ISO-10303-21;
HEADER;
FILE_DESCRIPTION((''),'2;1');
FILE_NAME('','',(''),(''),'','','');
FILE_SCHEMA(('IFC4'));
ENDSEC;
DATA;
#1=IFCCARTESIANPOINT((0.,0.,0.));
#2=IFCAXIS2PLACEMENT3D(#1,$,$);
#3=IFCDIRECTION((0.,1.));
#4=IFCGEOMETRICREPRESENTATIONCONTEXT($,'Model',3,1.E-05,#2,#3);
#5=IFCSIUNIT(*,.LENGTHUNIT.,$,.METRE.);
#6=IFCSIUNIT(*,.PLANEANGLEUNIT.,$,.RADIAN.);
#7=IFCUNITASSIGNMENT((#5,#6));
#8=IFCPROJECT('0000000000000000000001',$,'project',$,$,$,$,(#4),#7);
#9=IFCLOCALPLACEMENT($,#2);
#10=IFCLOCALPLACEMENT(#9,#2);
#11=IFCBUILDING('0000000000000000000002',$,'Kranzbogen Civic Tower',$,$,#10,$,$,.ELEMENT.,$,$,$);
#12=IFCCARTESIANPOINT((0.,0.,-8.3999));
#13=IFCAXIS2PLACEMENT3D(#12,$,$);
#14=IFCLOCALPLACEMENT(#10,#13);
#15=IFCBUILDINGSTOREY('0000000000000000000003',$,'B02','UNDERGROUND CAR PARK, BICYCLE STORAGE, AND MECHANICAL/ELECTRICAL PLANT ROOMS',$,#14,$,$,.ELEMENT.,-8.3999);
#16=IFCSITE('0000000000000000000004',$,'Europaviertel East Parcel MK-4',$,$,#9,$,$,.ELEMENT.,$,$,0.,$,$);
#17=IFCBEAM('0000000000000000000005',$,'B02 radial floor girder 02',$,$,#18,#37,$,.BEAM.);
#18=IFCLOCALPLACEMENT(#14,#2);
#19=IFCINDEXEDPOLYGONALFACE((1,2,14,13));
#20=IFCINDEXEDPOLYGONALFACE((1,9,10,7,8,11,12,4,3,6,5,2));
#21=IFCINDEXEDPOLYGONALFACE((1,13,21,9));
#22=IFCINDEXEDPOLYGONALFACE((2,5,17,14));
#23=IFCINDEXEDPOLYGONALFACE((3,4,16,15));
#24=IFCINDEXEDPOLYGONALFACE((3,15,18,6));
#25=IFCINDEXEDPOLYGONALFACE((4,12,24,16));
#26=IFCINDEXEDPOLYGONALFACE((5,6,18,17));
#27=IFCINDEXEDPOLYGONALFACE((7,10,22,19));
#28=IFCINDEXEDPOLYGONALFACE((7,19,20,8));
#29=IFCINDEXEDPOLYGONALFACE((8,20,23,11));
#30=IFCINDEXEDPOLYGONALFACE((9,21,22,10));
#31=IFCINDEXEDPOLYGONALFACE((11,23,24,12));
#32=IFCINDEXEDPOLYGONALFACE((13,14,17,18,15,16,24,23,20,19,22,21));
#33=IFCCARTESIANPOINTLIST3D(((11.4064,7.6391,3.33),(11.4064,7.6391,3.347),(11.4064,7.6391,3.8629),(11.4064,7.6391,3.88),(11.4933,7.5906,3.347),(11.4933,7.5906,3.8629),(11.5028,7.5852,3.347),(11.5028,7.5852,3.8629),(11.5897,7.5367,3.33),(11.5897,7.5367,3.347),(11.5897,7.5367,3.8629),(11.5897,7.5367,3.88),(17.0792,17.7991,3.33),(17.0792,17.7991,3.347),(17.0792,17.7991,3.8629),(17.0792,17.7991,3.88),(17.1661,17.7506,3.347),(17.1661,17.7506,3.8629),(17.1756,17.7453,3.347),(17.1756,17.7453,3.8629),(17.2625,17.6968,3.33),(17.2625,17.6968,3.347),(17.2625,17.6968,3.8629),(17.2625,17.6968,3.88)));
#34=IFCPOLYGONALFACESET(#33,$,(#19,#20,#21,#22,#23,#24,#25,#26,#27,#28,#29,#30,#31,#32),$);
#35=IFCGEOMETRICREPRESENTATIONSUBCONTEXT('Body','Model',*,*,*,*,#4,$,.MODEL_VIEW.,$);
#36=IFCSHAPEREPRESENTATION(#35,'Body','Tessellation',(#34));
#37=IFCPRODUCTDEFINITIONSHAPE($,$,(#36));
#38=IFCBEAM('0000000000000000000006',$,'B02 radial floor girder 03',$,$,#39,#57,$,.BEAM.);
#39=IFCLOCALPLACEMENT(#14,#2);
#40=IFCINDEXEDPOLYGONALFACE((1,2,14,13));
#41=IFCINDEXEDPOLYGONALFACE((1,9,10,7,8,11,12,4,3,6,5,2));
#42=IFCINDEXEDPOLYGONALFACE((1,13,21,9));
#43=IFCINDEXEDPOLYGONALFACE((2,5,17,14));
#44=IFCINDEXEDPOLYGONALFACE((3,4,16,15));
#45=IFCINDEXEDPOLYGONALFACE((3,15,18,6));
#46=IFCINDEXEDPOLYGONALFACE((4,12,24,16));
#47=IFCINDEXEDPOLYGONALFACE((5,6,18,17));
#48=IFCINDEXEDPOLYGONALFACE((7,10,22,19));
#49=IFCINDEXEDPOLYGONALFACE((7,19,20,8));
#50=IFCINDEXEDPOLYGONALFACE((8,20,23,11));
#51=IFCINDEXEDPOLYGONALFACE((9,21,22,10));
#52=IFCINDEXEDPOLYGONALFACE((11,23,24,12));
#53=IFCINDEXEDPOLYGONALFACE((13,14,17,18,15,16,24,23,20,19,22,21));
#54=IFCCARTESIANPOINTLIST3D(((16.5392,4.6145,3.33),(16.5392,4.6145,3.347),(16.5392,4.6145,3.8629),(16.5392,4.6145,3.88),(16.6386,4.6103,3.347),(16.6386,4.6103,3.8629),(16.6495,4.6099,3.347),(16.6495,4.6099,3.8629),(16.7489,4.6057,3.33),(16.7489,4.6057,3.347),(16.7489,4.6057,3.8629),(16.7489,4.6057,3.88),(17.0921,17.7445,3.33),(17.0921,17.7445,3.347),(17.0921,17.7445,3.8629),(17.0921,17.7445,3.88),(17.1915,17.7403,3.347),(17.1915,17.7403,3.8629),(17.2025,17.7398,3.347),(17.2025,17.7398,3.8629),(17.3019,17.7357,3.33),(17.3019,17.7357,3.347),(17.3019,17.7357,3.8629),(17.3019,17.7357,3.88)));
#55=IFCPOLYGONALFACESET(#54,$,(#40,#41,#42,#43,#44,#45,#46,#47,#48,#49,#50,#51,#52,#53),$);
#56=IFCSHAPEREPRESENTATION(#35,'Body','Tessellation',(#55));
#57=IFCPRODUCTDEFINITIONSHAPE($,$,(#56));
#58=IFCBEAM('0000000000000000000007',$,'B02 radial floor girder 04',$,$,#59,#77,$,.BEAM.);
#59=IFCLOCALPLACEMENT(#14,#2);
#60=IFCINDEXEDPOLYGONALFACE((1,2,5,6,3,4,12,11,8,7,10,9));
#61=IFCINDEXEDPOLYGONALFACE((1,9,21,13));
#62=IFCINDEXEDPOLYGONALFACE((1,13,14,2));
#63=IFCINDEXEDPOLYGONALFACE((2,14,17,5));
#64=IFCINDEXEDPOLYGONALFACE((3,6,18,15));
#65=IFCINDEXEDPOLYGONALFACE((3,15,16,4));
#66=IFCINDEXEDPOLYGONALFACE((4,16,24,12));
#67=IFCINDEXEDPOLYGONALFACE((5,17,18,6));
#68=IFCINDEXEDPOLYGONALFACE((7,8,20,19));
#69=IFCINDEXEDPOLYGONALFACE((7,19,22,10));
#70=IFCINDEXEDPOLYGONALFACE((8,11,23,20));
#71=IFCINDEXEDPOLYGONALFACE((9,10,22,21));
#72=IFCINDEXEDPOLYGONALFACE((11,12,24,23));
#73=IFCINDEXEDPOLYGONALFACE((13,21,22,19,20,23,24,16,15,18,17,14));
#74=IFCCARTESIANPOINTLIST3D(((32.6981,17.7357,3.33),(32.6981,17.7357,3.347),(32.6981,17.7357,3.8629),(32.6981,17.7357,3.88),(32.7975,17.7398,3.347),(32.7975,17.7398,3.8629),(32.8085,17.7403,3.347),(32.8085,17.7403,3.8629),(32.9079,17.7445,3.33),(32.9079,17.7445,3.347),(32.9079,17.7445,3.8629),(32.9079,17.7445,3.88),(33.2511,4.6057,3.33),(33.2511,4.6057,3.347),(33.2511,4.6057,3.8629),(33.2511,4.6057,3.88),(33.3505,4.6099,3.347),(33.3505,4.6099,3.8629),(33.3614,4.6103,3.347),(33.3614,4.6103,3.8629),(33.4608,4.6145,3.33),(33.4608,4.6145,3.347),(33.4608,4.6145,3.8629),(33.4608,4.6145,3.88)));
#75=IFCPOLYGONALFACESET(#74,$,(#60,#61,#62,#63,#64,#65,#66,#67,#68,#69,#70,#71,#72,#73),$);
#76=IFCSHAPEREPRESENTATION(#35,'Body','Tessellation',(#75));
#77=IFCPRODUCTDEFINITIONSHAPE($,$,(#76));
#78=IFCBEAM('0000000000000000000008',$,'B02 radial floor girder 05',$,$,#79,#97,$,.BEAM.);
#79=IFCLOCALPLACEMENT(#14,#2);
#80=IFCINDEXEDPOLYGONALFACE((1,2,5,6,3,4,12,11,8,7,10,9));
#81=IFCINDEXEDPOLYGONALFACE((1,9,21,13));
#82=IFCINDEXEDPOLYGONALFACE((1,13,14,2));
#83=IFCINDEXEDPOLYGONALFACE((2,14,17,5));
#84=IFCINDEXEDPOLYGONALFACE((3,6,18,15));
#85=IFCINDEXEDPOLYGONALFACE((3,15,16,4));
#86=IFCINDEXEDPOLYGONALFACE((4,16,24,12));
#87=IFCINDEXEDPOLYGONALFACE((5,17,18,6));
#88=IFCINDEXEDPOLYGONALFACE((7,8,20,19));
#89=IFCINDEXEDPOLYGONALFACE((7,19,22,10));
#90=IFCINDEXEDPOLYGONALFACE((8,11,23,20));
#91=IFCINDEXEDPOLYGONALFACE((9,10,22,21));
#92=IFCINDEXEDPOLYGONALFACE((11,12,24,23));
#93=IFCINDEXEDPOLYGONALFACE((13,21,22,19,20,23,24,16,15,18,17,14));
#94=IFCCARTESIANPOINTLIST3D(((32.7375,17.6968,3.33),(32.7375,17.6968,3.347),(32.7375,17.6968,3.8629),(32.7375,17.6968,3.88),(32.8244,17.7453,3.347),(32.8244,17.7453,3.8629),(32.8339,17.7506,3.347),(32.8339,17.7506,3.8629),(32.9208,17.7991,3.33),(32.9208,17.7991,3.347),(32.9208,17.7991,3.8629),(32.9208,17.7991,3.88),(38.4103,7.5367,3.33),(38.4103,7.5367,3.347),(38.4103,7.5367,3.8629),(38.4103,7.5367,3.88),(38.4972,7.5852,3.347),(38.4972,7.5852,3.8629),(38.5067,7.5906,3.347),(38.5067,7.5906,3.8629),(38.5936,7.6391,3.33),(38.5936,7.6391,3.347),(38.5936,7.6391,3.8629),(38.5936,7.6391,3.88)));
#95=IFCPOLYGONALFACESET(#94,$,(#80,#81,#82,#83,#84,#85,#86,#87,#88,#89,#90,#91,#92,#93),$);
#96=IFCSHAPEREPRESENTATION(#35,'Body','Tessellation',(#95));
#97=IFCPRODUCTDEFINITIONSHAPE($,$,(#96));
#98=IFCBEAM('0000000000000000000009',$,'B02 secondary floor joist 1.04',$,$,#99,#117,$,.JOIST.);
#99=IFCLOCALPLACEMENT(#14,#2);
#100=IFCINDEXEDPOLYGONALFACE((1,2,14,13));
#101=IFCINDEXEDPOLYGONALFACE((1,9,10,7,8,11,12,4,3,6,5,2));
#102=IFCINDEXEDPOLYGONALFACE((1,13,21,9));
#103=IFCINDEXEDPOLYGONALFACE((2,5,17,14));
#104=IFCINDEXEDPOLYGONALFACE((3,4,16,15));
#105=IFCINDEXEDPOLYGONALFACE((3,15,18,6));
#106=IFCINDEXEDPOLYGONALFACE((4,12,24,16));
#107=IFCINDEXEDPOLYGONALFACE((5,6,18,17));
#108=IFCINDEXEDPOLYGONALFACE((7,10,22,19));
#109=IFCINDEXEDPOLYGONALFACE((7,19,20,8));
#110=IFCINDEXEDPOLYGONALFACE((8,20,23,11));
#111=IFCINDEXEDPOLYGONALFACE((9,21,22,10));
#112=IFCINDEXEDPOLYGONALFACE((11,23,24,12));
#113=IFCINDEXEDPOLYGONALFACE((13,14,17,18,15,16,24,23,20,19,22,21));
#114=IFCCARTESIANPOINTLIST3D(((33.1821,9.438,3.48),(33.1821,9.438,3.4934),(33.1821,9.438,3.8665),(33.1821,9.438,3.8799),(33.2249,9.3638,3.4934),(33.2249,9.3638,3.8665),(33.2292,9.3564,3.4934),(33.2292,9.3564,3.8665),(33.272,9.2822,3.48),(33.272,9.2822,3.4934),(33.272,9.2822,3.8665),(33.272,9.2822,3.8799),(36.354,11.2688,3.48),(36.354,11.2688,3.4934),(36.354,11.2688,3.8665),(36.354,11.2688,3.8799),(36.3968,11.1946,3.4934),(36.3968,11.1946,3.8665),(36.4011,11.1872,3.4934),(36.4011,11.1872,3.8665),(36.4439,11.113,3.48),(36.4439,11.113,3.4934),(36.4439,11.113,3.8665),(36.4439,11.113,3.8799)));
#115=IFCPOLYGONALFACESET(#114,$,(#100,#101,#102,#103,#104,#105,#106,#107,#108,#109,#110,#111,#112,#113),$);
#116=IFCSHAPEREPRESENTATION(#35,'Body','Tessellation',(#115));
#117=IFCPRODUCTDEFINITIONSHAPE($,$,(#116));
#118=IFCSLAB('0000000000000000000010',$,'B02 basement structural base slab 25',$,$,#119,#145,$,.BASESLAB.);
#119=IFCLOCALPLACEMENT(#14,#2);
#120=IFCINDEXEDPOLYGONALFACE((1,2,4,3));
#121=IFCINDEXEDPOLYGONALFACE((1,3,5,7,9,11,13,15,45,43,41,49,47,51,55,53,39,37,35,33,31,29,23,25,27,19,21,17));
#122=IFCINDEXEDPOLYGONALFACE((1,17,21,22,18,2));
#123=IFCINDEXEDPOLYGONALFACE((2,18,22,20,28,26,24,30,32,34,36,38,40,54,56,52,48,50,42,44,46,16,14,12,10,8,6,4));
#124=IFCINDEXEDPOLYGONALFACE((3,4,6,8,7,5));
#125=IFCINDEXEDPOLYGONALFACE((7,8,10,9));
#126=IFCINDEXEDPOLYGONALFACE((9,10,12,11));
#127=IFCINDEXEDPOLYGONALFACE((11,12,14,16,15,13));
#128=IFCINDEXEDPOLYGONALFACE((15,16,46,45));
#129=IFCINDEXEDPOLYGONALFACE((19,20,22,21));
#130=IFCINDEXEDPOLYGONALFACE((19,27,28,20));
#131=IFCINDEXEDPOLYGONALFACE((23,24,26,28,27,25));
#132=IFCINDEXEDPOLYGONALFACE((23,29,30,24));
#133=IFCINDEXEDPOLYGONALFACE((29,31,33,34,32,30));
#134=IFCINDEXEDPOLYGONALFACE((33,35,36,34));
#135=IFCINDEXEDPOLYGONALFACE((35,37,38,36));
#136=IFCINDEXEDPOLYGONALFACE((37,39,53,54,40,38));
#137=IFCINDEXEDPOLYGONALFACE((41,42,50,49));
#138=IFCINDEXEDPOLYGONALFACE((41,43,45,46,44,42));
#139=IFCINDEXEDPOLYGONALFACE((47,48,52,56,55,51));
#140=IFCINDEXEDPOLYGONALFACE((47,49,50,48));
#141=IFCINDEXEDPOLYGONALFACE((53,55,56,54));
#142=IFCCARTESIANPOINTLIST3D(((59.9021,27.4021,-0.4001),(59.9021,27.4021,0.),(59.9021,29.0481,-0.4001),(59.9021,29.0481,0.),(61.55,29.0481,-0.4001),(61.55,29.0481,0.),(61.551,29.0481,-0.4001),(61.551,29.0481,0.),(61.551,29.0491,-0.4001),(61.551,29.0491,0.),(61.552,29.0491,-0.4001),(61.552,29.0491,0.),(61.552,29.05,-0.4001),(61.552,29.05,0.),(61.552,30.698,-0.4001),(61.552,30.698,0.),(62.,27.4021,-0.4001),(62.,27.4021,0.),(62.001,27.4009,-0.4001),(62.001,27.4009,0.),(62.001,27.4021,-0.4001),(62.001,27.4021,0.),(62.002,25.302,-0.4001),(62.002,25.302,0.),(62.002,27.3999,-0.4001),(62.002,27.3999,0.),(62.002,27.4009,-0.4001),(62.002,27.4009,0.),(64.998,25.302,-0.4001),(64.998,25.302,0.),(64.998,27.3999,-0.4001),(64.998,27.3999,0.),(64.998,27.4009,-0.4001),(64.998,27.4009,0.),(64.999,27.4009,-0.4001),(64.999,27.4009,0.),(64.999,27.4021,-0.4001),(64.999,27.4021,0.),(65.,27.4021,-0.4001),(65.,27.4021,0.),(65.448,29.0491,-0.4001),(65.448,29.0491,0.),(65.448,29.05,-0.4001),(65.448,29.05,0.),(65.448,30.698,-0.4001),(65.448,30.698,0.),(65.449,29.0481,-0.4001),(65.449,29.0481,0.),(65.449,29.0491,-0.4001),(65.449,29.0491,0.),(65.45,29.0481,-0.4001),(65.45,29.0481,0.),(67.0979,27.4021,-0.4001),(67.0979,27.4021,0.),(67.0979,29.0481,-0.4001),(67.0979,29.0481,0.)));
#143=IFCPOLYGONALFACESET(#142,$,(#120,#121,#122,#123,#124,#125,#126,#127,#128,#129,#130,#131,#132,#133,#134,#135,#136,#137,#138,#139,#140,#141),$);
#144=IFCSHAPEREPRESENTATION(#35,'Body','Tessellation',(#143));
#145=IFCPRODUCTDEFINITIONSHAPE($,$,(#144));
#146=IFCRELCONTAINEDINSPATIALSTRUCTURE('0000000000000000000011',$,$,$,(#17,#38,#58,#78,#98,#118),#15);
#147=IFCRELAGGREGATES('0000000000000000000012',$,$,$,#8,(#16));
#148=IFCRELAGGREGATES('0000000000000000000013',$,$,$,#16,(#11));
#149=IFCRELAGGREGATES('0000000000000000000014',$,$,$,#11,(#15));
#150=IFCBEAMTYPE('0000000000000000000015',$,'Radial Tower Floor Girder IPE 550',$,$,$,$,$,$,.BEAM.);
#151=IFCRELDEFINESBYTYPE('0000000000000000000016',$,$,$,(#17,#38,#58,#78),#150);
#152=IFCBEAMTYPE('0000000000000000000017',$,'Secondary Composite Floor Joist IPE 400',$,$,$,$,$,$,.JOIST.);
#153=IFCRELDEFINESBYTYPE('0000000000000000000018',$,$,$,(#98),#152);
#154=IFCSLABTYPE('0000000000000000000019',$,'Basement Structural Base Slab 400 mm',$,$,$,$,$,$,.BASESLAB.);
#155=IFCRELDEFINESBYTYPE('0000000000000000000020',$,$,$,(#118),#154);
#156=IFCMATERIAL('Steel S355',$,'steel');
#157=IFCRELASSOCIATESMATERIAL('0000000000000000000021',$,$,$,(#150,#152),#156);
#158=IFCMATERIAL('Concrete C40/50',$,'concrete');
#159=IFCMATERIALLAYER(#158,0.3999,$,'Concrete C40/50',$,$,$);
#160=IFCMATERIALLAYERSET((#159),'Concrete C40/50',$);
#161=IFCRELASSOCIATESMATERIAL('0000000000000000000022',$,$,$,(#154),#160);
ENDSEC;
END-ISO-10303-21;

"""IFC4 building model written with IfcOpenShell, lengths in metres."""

from ifc_helpers import new_model, si_unit, direction, frame, origin, origin_2d, place, context, subcontext, project, spatial, polyline, i_section, outline, extrude, material, layer, layer_set, material_profile, profile_set, type_object, element, save


model = new_model("IFC4")

# Units and contexts
model_context = context("Model", 3, precision=1e-05, world=origin(), true_north=direction((0.0, 1.0)))
body_context = subcontext(model_context, "Body", "Model", "MODEL_VIEW")
ifc_project = project(units=[si_unit("LENGTHUNIT", "METRE"), si_unit("PLANEANGLEUNIT", "RADIAN")], contexts=[model_context])

# Site, building, storey
site_placement = place(None, origin())
site = spatial("IfcSite", under=ifc_project, at=site_placement, Name="Europaviertel East Parcel MK-4", CompositionType="ELEMENT", RefElevation=0.0)
building_placement = place(site_placement, origin())
building = spatial("IfcBuilding", under=site, at=building_placement, Name="Kranzbogen Civic Tower", CompositionType="ELEMENT")
storey_placement = place(building_placement, frame((0.0, 0.0, -8.3999)))
storey = spatial("IfcBuildingStorey", under=building, at=storey_placement, Name="B02", Description="UNDERGROUND CAR PARK, BICYCLE STORAGE, AND MECHANICAL/ELECTRICAL PLANT ROOMS", CompositionType="ELEMENT", Elevation=-8.3999)

# Beams
ifc_material_1 = material(Name="Steel S355", Category="steel")
ifc_material_profile_1 = material_profile(ifc_material_1, i_section(OverallWidth=0.21, OverallDepth=0.55, WebThickness=0.011, FlangeThickness=0.0171, at=origin_2d()), Name="IPE 550")
ifc_profile_set_1 = profile_set([ifc_material_profile_1], Name="Steel S355")
beam_type_1 = type_object("IfcBeamType", Name="Radial Tower Floor Girder IPE 550", PredefinedType="BEAM", material=ifc_profile_set_1)
beam_1_placement = place(storey_placement, frame((11.498, 7.5879, 3.605), z_axis=(0.487502, 0.873122, 0.0), x_axis=(-0.873122, 0.487502, 0.0)))
element("IfcBeam", 1, at=beam_1_placement, inside=storey, type_object=beam_type_1, Name="B02 radial floor girder 02", PredefinedType="BEAM", context=body_context, shape_type="SweptSolid", body=[
    extrude(i_section(OverallWidth=0.21, OverallDepth=0.55, WebThickness=0.011, FlangeThickness=0.0171, at=origin_2d()), origin(), (0.0, 0.0, 1.0), 11.6365),
])
for number, where, z_axis, x_axis, name in (
    (2, (16.644, 4.6101, 3.605), (0.042079, 0.999114, 0.0), (-0.999114, 0.042079, 0.0), "B02 radial floor girder 03"),
    (3, (33.356, 4.6101, 3.605), (-0.042079, 0.999114, 0.0), (-0.999114, -0.042079, 0.0), "B02 radial floor girder 04"),
):
    element("IfcBeam", number, at=place(storey_placement, frame(where, z_axis=z_axis, x_axis=x_axis)), inside=storey, type_object=beam_type_1, Name=name, PredefinedType="BEAM", context=body_context, shape_type="SweptSolid", body=[
        extrude(i_section(OverallWidth=0.21, OverallDepth=0.55, WebThickness=0.011, FlangeThickness=0.0171, at=origin_2d()), origin(), (0.0, 0.0, 1.0), 13.1416),
    ])
beam_2_placement = place(storey_placement, frame((38.502, 7.5879, 3.605), z_axis=(-0.487502, 0.873122, 0.0), x_axis=(-0.873122, -0.487502, 0.0)))
element("IfcBeam", 4, at=beam_2_placement, inside=storey, type_object=beam_type_1, Name="B02 radial floor girder 05", PredefinedType="BEAM", context=body_context, shape_type="SweptSolid", body=[
    extrude(i_section(OverallWidth=0.21, OverallDepth=0.55, WebThickness=0.011, FlangeThickness=0.0171, at=origin_2d()), origin(), (0.0, 0.0, 1.0), 11.6365),
])
ifc_material_profile_2 = material_profile(ifc_material_1, i_section(OverallWidth=0.1799, OverallDepth=0.3999, WebThickness=0.0085, FlangeThickness=0.0134, at=origin_2d()), Name="IPE 400")
ifc_profile_set_2 = profile_set([ifc_material_profile_2], Name="Steel S355")
beam_type_2 = type_object("IfcBeamType", Name="Secondary Composite Floor Joist IPE 400", PredefinedType="JOIST", material=ifc_profile_set_2)
beam_3_placement = place(storey_placement, frame((33.2271, 9.3601, 3.6799), z_axis=(0.866081, 0.499903, 0.0), x_axis=(-0.499903, 0.866081, 0.0)))
element("IfcBeam", 5, at=beam_3_placement, inside=storey, type_object=beam_type_2, Name="B02 secondary floor joist 1.04", PredefinedType="JOIST", context=body_context, shape_type="SweptSolid", body=[
    extrude(i_section(OverallWidth=0.1799, OverallDepth=0.3999, WebThickness=0.0085, FlangeThickness=0.0134, at=origin_2d()), origin(), (0.0, 0.0, 1.0), 3.6624),
])

# Slab
ifc_material_2 = material(Name="Concrete C40/50", Category="concrete")
ifc_layer_1 = layer(ifc_material_2, 0.3999, Name="Concrete C40/50")
ifc_layer_set_1 = layer_set([ifc_layer_1], Name="Concrete C40/50")
slab_type_1 = type_object("IfcSlabType", Name="Basement Structural Base Slab 400 mm", PredefinedType="BASESLAB", material=ifc_layer_set_1)
slab_1_placement = place(storey_placement, frame((0.0, 0.0, -0.4001)))
element("IfcSlab", 6, at=slab_1_placement, inside=storey, type_object=slab_type_1, Name="B02 basement structural base slab 25", PredefinedType="BASESLAB", context=body_context, shape_type="SweptSolid", body=[
    extrude(outline(polyline([(61.552, 29.05), (61.552, 29.05), (61.552, 29.05), (61.552, 29.0491), (61.552, 29.0491), (61.552, 29.0491), (61.552, 29.0491), (61.552, 29.0491), (61.551, 29.0491), (61.551, 29.0481), (61.551, 29.0481), (61.551, 29.0481), (61.551, 29.0481), (61.551, 29.0481), (61.55, 29.0481), (61.55, 29.0481), (61.55, 29.0481), (59.9021, 29.0481), (59.9021, 27.4021), (62.0, 27.4021), (62.0, 27.4021), (62.0, 27.4021), (62.001, 27.4021), (62.001, 27.4021), (62.001, 27.4021), (62.001, 27.4021), (62.001, 27.4021), (62.001, 27.4009), (62.002, 27.4009), (62.002, 27.4009), (62.002, 27.4009), (62.002, 27.4009), (62.002, 27.4009), (62.002, 27.3999), (62.002, 27.3999), (62.002, 27.3999), (62.002, 25.302), (64.998, 25.302), (64.998, 27.3999), (64.998, 27.3999), (64.998, 27.3999), (64.998, 27.4009), (64.998, 27.4009), (64.998, 27.4009), (64.998, 27.4009), (64.998, 27.4009), (64.999, 27.4009), (64.999, 27.4021), (64.999, 27.4021), (64.999, 27.4021), (64.999, 27.4021), (64.999, 27.4021), (65.0, 27.4021), (65.0, 27.4021), (65.0, 27.4021), (67.0979, 27.4021), (67.0979, 29.0481), (65.45, 29.0481), (65.45, 29.0481), (65.45, 29.0481), (65.449, 29.0481), (65.449, 29.0481), (65.449, 29.0481), (65.449, 29.0481), (65.449, 29.0481), (65.449, 29.0491), (65.448, 29.0491), (65.448, 29.0491), (65.448, 29.0491), (65.448, 29.0491), (65.448, 29.0491), (65.448, 29.05), (65.448, 29.05), (65.448, 29.05), (65.448, 30.698), (61.552, 30.698), (61.552, 29.05)])), origin(), (0.0, 0.0, 1.0), 0.4001),
])

save(model, "model.ifc")
